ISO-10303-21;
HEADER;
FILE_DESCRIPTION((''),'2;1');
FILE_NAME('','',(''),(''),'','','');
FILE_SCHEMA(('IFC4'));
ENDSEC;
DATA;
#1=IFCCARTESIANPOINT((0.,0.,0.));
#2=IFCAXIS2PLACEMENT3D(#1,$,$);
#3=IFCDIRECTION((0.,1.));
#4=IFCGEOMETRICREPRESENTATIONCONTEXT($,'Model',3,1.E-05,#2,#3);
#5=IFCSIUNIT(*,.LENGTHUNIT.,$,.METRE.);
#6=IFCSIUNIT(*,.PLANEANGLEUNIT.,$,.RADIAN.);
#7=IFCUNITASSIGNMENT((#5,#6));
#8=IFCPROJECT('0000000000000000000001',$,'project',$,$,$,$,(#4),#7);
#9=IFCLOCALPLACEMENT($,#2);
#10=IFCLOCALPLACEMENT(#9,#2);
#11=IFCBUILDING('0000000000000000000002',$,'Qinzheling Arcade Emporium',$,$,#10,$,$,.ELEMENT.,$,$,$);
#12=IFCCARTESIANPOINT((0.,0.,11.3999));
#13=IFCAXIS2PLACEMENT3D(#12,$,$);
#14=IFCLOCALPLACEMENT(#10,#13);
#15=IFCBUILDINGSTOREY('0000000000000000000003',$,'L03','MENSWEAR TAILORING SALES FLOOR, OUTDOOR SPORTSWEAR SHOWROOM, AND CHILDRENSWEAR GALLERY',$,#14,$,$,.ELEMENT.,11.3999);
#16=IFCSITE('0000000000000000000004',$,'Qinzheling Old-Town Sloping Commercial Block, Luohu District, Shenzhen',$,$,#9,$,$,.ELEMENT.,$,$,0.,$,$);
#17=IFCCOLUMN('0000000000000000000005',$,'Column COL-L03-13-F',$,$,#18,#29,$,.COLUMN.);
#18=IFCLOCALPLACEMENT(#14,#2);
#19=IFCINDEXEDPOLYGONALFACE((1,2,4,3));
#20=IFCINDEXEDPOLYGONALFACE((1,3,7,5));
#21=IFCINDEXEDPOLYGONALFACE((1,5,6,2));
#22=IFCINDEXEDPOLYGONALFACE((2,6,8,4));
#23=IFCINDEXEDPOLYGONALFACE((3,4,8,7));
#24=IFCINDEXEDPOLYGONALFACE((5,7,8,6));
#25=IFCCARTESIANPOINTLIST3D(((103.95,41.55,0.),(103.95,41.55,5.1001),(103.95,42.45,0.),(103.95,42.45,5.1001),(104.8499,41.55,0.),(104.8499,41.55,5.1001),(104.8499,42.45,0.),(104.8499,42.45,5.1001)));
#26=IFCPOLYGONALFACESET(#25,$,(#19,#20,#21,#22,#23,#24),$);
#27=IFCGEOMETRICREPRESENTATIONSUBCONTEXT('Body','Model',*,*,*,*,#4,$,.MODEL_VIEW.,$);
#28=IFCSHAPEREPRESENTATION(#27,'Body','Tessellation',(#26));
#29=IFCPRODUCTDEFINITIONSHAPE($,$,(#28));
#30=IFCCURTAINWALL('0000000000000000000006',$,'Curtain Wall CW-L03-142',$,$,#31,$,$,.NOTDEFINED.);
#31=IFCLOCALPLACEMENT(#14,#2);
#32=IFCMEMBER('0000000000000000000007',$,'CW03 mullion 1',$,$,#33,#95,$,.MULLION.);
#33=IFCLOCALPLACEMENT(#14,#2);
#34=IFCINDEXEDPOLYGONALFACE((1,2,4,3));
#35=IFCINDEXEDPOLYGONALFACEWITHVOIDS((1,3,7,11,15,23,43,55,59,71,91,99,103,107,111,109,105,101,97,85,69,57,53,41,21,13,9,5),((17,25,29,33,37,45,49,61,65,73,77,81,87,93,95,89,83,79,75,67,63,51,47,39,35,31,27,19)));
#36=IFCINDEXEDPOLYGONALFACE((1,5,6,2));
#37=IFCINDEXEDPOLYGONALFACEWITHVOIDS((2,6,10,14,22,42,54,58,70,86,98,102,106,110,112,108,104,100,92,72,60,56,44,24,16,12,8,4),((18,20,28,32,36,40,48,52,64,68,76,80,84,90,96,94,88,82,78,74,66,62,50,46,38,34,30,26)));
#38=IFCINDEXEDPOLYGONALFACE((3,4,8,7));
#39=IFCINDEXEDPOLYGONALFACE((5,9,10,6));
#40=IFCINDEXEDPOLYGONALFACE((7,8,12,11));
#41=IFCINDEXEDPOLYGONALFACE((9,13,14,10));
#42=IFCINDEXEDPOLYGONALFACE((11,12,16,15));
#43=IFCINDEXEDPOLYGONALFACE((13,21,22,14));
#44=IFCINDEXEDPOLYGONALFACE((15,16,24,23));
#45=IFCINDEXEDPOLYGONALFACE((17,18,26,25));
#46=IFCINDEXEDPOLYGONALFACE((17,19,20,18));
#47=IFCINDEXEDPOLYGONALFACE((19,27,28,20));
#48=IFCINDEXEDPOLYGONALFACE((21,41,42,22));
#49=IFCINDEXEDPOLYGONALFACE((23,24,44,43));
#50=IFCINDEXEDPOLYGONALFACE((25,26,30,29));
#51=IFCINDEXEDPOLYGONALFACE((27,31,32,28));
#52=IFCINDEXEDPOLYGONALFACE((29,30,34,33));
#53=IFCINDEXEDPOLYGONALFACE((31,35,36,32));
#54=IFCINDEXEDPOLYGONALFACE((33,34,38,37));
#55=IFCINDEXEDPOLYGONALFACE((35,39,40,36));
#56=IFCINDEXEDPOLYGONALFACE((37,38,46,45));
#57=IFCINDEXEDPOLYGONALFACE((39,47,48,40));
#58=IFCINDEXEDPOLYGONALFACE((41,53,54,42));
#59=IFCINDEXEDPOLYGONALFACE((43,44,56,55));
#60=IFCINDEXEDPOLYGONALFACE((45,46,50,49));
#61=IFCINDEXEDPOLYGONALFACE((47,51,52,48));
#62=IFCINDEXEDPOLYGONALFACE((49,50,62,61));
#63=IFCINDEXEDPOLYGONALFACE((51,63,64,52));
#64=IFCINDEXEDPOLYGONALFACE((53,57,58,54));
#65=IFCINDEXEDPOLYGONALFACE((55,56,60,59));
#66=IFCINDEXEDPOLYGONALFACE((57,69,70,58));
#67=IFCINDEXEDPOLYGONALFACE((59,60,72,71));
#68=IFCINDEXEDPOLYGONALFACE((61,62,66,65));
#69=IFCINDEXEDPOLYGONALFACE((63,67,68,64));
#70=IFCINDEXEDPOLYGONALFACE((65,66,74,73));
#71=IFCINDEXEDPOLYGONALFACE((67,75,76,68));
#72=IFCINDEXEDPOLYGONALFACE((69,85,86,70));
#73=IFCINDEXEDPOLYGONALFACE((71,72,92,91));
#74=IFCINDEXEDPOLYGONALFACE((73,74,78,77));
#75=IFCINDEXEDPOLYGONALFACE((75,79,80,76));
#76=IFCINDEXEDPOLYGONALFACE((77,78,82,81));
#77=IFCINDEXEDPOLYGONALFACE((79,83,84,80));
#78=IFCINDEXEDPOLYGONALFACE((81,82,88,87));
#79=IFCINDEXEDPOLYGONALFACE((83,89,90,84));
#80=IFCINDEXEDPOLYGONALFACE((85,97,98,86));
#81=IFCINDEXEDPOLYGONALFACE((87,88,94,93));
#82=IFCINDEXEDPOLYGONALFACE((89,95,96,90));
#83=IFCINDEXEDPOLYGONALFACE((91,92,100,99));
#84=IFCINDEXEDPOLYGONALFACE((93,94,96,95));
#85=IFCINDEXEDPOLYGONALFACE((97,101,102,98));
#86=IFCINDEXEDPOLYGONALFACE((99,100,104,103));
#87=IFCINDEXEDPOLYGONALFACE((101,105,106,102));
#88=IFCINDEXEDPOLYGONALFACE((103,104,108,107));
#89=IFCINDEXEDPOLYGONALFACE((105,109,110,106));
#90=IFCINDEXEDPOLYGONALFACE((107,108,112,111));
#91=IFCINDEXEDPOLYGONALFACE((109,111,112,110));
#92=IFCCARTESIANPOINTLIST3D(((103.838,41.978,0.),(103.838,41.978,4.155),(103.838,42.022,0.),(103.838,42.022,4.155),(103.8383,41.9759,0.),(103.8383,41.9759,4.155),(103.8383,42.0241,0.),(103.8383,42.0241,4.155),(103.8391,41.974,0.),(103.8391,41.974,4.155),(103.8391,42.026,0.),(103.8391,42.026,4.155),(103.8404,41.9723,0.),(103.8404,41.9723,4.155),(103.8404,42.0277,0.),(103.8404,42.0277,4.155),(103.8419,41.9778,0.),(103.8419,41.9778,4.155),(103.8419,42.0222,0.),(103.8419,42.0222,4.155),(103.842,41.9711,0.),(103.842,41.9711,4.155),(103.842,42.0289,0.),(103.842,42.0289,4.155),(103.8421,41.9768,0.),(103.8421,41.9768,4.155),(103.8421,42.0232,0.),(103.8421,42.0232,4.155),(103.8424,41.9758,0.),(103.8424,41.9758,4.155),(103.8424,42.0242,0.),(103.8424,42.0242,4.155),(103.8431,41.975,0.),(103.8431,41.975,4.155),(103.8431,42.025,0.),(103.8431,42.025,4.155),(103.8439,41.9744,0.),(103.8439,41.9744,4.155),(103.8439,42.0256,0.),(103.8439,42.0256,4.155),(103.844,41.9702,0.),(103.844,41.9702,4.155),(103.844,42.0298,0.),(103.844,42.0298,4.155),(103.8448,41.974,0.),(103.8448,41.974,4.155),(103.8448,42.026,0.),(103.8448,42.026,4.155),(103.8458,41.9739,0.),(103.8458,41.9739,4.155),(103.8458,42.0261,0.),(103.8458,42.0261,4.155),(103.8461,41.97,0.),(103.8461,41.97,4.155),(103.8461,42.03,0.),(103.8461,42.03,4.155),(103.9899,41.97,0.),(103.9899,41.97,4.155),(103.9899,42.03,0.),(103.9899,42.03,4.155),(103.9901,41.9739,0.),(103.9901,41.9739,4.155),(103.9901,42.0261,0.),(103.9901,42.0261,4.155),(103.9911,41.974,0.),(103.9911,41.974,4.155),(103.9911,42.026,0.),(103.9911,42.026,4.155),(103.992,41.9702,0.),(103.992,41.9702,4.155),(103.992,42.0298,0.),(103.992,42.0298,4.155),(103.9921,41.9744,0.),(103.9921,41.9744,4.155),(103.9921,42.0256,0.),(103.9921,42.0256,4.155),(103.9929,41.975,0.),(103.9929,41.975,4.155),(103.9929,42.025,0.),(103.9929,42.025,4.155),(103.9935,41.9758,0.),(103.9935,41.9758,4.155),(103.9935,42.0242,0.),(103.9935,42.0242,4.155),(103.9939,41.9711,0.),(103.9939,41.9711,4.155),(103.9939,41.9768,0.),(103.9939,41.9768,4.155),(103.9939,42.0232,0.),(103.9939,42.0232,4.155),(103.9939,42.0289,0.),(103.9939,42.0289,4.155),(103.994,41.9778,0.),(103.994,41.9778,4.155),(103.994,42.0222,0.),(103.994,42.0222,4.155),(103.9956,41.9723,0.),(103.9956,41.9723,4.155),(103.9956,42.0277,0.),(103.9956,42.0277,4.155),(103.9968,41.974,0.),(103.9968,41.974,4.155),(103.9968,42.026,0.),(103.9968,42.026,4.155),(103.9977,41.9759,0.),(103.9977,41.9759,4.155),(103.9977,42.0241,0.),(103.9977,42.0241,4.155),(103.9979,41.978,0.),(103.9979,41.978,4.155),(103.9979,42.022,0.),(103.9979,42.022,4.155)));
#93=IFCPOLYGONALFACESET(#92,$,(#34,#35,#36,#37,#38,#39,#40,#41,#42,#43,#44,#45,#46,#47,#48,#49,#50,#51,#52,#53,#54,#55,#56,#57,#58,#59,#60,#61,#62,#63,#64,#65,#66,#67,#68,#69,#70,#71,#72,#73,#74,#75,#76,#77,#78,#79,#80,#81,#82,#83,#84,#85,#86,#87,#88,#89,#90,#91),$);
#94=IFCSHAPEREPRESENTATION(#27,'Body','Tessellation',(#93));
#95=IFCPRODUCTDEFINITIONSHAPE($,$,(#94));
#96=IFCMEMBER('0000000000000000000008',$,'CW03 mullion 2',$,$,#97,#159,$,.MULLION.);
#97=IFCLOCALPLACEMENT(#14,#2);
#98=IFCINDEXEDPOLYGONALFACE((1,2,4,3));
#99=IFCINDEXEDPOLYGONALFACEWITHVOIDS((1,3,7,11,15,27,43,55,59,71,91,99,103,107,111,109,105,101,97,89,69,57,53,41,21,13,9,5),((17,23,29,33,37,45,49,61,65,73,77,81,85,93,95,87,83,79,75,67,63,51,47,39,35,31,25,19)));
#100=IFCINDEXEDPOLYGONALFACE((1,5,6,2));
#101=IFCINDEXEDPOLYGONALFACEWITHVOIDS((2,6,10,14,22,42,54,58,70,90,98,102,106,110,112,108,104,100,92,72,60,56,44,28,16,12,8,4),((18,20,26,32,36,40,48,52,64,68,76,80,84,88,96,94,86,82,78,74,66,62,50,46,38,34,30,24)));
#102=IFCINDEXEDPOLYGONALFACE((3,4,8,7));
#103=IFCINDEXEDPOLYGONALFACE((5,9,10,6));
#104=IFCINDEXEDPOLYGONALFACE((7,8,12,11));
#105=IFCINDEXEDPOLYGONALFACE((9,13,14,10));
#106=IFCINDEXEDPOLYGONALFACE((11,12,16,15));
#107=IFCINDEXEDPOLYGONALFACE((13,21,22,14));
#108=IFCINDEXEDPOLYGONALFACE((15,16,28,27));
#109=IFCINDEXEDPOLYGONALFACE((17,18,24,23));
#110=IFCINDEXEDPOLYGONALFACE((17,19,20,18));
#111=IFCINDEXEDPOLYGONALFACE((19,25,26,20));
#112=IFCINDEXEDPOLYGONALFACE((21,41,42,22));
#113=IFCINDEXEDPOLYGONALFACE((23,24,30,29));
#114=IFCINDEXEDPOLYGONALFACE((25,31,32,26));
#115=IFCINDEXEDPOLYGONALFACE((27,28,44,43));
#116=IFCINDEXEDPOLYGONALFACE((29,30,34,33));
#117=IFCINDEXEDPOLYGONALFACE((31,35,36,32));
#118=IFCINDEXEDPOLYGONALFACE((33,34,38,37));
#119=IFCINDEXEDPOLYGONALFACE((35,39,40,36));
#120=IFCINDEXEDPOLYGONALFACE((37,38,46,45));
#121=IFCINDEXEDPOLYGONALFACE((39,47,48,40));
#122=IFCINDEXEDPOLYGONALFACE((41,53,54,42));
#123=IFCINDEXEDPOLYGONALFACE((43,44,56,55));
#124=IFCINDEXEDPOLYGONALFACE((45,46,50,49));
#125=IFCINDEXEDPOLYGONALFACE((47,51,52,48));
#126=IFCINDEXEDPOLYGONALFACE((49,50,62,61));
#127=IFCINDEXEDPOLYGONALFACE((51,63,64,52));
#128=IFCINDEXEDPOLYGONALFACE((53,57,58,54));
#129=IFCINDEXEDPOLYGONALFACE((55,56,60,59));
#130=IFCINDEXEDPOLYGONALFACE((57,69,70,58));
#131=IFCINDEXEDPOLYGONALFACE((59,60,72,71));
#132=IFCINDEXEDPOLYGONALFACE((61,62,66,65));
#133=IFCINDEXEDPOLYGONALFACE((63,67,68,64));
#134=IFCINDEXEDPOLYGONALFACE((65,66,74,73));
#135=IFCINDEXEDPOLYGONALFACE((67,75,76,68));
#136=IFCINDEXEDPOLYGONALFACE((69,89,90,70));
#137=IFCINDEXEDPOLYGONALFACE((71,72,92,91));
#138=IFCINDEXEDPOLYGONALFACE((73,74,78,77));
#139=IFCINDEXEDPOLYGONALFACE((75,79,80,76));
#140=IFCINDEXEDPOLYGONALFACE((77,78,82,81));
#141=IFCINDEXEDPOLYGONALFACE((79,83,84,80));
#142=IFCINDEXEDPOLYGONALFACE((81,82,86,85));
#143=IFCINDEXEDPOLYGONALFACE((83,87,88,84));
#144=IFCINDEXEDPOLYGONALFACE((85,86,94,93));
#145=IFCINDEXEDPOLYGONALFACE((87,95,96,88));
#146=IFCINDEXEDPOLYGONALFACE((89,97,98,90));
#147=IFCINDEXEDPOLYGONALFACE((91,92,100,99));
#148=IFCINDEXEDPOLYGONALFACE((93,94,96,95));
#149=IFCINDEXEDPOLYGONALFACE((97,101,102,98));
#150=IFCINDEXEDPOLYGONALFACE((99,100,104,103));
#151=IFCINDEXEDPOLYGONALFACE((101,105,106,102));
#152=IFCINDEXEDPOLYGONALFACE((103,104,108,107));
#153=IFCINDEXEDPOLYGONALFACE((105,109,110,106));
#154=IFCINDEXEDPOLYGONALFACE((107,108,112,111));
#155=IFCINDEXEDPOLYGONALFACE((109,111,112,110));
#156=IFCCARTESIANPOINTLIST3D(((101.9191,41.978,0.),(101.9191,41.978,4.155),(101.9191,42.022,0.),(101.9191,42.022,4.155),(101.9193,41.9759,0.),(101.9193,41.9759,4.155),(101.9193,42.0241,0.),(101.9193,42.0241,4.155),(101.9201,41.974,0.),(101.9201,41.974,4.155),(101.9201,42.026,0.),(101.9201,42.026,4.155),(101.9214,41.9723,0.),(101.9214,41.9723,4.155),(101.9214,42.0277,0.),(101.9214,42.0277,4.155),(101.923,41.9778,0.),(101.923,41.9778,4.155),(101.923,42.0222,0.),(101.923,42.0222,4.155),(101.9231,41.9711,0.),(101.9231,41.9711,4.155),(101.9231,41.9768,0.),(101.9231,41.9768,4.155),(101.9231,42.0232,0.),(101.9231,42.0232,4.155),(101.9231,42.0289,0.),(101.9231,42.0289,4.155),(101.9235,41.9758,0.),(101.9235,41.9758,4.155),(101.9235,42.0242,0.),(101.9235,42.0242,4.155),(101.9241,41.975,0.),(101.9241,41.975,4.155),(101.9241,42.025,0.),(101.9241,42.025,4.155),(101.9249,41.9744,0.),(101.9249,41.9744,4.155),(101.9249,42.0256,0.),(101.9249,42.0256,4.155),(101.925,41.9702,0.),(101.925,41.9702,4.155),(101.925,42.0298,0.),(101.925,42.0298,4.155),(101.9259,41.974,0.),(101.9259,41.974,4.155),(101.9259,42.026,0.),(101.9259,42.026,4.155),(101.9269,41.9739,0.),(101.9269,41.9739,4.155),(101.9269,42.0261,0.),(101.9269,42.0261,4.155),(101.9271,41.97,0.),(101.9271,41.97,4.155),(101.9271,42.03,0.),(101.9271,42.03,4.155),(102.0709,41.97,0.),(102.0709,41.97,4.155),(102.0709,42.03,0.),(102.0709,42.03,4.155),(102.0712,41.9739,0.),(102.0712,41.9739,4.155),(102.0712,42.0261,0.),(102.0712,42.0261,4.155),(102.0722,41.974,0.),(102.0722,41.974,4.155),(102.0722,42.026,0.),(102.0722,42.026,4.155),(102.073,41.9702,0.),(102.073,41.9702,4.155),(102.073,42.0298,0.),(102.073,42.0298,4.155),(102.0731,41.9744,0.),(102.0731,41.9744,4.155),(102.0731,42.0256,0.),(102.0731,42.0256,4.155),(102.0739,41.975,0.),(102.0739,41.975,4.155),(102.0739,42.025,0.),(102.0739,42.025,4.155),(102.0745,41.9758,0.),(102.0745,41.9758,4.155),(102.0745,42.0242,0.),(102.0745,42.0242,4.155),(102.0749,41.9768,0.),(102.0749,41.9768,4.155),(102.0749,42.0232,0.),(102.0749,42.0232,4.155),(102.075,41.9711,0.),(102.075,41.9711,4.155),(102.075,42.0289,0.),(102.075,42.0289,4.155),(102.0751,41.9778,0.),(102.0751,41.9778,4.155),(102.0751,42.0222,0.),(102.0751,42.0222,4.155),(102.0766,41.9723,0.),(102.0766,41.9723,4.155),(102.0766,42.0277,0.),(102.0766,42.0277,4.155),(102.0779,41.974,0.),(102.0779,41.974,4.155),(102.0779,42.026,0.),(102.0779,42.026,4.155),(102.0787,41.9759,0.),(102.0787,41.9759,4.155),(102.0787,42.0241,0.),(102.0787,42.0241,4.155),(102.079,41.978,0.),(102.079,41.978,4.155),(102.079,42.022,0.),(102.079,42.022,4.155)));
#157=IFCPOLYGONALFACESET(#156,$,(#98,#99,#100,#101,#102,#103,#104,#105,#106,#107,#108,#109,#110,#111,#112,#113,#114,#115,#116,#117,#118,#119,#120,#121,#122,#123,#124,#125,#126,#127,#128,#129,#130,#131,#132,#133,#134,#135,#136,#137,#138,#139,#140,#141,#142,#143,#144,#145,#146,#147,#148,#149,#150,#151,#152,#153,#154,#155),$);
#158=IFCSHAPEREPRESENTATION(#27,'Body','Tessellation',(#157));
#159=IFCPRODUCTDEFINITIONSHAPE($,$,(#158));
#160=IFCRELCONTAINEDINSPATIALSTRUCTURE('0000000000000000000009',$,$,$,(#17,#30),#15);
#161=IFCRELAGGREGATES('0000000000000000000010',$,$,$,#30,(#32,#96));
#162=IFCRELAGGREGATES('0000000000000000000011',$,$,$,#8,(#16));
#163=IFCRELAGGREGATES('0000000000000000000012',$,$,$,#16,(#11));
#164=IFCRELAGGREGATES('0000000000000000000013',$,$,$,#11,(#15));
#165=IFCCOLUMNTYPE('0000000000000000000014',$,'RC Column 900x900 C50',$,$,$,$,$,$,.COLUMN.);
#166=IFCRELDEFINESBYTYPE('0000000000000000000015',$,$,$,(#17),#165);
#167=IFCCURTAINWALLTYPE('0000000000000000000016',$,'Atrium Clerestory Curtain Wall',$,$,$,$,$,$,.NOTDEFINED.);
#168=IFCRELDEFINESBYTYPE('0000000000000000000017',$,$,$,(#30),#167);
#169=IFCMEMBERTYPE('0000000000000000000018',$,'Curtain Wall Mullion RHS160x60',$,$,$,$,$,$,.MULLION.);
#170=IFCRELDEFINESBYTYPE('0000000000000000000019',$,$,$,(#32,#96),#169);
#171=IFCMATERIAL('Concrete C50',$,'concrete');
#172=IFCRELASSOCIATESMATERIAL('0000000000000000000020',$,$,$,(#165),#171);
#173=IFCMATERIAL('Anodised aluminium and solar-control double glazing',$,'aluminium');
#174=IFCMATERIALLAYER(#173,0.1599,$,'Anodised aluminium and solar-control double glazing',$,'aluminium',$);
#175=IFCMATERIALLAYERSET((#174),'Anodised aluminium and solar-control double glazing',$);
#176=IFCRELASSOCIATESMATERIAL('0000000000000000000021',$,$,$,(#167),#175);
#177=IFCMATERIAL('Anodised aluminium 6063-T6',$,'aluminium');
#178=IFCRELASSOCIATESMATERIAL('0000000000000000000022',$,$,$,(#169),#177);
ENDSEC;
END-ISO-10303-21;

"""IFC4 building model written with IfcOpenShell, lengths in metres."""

from ifc_helpers import new_model, si_unit, direction, frame, origin, origin_2d, place, context, subcontext, project, spatial, rectangle, hollow_rectangle, extrude, material, layer, layer_set, material_profile, profile_set, type_object, element, aggregate, save


model = new_model("IFC4")

# Units and contexts
model_context = context("Model", 3, precision=1e-05, world=origin(), true_north=direction((0.0, 1.0)))
body_context = subcontext(model_context, "Body", "Model", "MODEL_VIEW")
ifc_project = project(units=[si_unit("LENGTHUNIT", "METRE"), si_unit("PLANEANGLEUNIT", "RADIAN")], contexts=[model_context])

# Site, building, storey
site_placement = place(None, origin())
site = spatial("IfcSite", under=ifc_project, at=site_placement, Name="Qinzheling Old-Town Sloping Commercial Block, Luohu District, Shenzhen", CompositionType="ELEMENT", RefElevation=0.0)
building_placement = place(site_placement, origin())
building = spatial("IfcBuilding", under=site, at=building_placement, Name="Qinzheling Arcade Emporium", CompositionType="ELEMENT")
storey_placement = place(building_placement, frame((0.0, 0.0, 11.3999)))
storey = spatial("IfcBuildingStorey", under=building, at=storey_placement, Name="L03", Description="MENSWEAR TAILORING SALES FLOOR, OUTDOOR SPORTSWEAR SHOWROOM, AND CHILDRENSWEAR GALLERY", CompositionType="ELEMENT", Elevation=11.3999)

# Column
ifc_material_1 = material(Name="Concrete C50", Category="concrete")
ifc_material_profile_1 = material_profile(ifc_material_1, rectangle(XDim=0.8999, YDim=0.8999, at=origin_2d()), Name="RC 900x900", Category="concrete")
ifc_profile_set_1 = profile_set([ifc_material_profile_1], Name="Concrete C50")
column_type = type_object("IfcColumnType", Name="RC Column 900x900 C50", PredefinedType="COLUMN", material=ifc_profile_set_1)
column_placement = place(storey_placement, frame((104.3999, 42.0, 0.0), z_axis=(0.0, 0.0, 1.0), x_axis=(1.0, 0.0, 0.0)))
element("IfcColumn", 1, at=column_placement, inside=storey, type_object=column_type, Name="Column COL-L03-13-F", PredefinedType="COLUMN", context=body_context, shape_type="SweptSolid", body=[
    extrude(rectangle(XDim=0.8999, YDim=0.8999, at=origin_2d()), origin(), (0.0, 0.0, 1.0), 5.1001),
])

# Curtain wall, members
ifc_material_2 = material(Name="Anodised aluminium and solar-control double glazing", Category="aluminium")
ifc_layer_1 = layer(ifc_material_2, 0.1599, Name="Anodised aluminium and solar-control double glazing", Category="aluminium")
ifc_layer_set_1 = layer_set([ifc_layer_1], Name="Anodised aluminium and solar-control double glazing")
curtain_wall_type = type_object("IfcCurtainWallType", Name="Atrium Clerestory Curtain Wall", PredefinedType="NOTDEFINED", material=ifc_layer_set_1)
curtain_wall_placement = place(storey_placement, origin())
curtain_wall = element("IfcCurtainWall", 2, at=curtain_wall_placement, inside=storey, type_object=curtain_wall_type, Name="Curtain Wall CW-L03-142", PredefinedType="NOTDEFINED")
ifc_material_3 = material(Name="Anodised aluminium 6063-T6", Category="aluminium")
ifc_material_profile_2 = material_profile(ifc_material_3, hollow_rectangle(XDim=0.0601, YDim=0.1599, WallThickness=0.0039, InnerFilletRadius=0.0039, OuterFilletRadius=0.0081, at=origin_2d()), Name="RHS 160x60x4", Category="aluminium")
ifc_profile_set_2 = profile_set([ifc_material_profile_2], Name="Anodised aluminium 6063-T6")
member_type_1 = type_object("IfcMemberType", Name="Curtain Wall Mullion RHS160x60", PredefinedType="MULLION", material=ifc_profile_set_2)
member_1_placement = place(storey_placement, frame((103.918, 42.0, 0.0), z_axis=(0.0, 0.0, 1.0), x_axis=(0.0, -1.0, 0.0)))
member_1 = element("IfcMember", 3, at=member_1_placement, type_object=member_type_1, Name="CW03 mullion 1", PredefinedType="MULLION", context=body_context, shape_type="SweptSolid", body=[
    extrude(hollow_rectangle(XDim=0.0601, YDim=0.1599, WallThickness=0.0039, InnerFilletRadius=0.0039, OuterFilletRadius=0.0081, at=origin_2d()), origin(), (0.0, 0.0, 1.0), 4.155),
])
member_2_placement = place(storey_placement, frame((101.999, 42.0, 0.0), z_axis=(0.0, 0.0, 1.0), x_axis=(0.0, -1.0, 0.0)))
member_2 = element("IfcMember", 4, at=member_2_placement, type_object=member_type_1, Name="CW03 mullion 2", PredefinedType="MULLION", context=body_context, shape_type="SweptSolid", body=[
    extrude(hollow_rectangle(XDim=0.0601, YDim=0.1599, WallThickness=0.0039, InnerFilletRadius=0.0039, OuterFilletRadius=0.0081, at=origin_2d()), origin(), (0.0, 0.0, 1.0), 4.155),
])

aggregate(curtain_wall, [member_1, member_2])

save(model, "model.ifc")
